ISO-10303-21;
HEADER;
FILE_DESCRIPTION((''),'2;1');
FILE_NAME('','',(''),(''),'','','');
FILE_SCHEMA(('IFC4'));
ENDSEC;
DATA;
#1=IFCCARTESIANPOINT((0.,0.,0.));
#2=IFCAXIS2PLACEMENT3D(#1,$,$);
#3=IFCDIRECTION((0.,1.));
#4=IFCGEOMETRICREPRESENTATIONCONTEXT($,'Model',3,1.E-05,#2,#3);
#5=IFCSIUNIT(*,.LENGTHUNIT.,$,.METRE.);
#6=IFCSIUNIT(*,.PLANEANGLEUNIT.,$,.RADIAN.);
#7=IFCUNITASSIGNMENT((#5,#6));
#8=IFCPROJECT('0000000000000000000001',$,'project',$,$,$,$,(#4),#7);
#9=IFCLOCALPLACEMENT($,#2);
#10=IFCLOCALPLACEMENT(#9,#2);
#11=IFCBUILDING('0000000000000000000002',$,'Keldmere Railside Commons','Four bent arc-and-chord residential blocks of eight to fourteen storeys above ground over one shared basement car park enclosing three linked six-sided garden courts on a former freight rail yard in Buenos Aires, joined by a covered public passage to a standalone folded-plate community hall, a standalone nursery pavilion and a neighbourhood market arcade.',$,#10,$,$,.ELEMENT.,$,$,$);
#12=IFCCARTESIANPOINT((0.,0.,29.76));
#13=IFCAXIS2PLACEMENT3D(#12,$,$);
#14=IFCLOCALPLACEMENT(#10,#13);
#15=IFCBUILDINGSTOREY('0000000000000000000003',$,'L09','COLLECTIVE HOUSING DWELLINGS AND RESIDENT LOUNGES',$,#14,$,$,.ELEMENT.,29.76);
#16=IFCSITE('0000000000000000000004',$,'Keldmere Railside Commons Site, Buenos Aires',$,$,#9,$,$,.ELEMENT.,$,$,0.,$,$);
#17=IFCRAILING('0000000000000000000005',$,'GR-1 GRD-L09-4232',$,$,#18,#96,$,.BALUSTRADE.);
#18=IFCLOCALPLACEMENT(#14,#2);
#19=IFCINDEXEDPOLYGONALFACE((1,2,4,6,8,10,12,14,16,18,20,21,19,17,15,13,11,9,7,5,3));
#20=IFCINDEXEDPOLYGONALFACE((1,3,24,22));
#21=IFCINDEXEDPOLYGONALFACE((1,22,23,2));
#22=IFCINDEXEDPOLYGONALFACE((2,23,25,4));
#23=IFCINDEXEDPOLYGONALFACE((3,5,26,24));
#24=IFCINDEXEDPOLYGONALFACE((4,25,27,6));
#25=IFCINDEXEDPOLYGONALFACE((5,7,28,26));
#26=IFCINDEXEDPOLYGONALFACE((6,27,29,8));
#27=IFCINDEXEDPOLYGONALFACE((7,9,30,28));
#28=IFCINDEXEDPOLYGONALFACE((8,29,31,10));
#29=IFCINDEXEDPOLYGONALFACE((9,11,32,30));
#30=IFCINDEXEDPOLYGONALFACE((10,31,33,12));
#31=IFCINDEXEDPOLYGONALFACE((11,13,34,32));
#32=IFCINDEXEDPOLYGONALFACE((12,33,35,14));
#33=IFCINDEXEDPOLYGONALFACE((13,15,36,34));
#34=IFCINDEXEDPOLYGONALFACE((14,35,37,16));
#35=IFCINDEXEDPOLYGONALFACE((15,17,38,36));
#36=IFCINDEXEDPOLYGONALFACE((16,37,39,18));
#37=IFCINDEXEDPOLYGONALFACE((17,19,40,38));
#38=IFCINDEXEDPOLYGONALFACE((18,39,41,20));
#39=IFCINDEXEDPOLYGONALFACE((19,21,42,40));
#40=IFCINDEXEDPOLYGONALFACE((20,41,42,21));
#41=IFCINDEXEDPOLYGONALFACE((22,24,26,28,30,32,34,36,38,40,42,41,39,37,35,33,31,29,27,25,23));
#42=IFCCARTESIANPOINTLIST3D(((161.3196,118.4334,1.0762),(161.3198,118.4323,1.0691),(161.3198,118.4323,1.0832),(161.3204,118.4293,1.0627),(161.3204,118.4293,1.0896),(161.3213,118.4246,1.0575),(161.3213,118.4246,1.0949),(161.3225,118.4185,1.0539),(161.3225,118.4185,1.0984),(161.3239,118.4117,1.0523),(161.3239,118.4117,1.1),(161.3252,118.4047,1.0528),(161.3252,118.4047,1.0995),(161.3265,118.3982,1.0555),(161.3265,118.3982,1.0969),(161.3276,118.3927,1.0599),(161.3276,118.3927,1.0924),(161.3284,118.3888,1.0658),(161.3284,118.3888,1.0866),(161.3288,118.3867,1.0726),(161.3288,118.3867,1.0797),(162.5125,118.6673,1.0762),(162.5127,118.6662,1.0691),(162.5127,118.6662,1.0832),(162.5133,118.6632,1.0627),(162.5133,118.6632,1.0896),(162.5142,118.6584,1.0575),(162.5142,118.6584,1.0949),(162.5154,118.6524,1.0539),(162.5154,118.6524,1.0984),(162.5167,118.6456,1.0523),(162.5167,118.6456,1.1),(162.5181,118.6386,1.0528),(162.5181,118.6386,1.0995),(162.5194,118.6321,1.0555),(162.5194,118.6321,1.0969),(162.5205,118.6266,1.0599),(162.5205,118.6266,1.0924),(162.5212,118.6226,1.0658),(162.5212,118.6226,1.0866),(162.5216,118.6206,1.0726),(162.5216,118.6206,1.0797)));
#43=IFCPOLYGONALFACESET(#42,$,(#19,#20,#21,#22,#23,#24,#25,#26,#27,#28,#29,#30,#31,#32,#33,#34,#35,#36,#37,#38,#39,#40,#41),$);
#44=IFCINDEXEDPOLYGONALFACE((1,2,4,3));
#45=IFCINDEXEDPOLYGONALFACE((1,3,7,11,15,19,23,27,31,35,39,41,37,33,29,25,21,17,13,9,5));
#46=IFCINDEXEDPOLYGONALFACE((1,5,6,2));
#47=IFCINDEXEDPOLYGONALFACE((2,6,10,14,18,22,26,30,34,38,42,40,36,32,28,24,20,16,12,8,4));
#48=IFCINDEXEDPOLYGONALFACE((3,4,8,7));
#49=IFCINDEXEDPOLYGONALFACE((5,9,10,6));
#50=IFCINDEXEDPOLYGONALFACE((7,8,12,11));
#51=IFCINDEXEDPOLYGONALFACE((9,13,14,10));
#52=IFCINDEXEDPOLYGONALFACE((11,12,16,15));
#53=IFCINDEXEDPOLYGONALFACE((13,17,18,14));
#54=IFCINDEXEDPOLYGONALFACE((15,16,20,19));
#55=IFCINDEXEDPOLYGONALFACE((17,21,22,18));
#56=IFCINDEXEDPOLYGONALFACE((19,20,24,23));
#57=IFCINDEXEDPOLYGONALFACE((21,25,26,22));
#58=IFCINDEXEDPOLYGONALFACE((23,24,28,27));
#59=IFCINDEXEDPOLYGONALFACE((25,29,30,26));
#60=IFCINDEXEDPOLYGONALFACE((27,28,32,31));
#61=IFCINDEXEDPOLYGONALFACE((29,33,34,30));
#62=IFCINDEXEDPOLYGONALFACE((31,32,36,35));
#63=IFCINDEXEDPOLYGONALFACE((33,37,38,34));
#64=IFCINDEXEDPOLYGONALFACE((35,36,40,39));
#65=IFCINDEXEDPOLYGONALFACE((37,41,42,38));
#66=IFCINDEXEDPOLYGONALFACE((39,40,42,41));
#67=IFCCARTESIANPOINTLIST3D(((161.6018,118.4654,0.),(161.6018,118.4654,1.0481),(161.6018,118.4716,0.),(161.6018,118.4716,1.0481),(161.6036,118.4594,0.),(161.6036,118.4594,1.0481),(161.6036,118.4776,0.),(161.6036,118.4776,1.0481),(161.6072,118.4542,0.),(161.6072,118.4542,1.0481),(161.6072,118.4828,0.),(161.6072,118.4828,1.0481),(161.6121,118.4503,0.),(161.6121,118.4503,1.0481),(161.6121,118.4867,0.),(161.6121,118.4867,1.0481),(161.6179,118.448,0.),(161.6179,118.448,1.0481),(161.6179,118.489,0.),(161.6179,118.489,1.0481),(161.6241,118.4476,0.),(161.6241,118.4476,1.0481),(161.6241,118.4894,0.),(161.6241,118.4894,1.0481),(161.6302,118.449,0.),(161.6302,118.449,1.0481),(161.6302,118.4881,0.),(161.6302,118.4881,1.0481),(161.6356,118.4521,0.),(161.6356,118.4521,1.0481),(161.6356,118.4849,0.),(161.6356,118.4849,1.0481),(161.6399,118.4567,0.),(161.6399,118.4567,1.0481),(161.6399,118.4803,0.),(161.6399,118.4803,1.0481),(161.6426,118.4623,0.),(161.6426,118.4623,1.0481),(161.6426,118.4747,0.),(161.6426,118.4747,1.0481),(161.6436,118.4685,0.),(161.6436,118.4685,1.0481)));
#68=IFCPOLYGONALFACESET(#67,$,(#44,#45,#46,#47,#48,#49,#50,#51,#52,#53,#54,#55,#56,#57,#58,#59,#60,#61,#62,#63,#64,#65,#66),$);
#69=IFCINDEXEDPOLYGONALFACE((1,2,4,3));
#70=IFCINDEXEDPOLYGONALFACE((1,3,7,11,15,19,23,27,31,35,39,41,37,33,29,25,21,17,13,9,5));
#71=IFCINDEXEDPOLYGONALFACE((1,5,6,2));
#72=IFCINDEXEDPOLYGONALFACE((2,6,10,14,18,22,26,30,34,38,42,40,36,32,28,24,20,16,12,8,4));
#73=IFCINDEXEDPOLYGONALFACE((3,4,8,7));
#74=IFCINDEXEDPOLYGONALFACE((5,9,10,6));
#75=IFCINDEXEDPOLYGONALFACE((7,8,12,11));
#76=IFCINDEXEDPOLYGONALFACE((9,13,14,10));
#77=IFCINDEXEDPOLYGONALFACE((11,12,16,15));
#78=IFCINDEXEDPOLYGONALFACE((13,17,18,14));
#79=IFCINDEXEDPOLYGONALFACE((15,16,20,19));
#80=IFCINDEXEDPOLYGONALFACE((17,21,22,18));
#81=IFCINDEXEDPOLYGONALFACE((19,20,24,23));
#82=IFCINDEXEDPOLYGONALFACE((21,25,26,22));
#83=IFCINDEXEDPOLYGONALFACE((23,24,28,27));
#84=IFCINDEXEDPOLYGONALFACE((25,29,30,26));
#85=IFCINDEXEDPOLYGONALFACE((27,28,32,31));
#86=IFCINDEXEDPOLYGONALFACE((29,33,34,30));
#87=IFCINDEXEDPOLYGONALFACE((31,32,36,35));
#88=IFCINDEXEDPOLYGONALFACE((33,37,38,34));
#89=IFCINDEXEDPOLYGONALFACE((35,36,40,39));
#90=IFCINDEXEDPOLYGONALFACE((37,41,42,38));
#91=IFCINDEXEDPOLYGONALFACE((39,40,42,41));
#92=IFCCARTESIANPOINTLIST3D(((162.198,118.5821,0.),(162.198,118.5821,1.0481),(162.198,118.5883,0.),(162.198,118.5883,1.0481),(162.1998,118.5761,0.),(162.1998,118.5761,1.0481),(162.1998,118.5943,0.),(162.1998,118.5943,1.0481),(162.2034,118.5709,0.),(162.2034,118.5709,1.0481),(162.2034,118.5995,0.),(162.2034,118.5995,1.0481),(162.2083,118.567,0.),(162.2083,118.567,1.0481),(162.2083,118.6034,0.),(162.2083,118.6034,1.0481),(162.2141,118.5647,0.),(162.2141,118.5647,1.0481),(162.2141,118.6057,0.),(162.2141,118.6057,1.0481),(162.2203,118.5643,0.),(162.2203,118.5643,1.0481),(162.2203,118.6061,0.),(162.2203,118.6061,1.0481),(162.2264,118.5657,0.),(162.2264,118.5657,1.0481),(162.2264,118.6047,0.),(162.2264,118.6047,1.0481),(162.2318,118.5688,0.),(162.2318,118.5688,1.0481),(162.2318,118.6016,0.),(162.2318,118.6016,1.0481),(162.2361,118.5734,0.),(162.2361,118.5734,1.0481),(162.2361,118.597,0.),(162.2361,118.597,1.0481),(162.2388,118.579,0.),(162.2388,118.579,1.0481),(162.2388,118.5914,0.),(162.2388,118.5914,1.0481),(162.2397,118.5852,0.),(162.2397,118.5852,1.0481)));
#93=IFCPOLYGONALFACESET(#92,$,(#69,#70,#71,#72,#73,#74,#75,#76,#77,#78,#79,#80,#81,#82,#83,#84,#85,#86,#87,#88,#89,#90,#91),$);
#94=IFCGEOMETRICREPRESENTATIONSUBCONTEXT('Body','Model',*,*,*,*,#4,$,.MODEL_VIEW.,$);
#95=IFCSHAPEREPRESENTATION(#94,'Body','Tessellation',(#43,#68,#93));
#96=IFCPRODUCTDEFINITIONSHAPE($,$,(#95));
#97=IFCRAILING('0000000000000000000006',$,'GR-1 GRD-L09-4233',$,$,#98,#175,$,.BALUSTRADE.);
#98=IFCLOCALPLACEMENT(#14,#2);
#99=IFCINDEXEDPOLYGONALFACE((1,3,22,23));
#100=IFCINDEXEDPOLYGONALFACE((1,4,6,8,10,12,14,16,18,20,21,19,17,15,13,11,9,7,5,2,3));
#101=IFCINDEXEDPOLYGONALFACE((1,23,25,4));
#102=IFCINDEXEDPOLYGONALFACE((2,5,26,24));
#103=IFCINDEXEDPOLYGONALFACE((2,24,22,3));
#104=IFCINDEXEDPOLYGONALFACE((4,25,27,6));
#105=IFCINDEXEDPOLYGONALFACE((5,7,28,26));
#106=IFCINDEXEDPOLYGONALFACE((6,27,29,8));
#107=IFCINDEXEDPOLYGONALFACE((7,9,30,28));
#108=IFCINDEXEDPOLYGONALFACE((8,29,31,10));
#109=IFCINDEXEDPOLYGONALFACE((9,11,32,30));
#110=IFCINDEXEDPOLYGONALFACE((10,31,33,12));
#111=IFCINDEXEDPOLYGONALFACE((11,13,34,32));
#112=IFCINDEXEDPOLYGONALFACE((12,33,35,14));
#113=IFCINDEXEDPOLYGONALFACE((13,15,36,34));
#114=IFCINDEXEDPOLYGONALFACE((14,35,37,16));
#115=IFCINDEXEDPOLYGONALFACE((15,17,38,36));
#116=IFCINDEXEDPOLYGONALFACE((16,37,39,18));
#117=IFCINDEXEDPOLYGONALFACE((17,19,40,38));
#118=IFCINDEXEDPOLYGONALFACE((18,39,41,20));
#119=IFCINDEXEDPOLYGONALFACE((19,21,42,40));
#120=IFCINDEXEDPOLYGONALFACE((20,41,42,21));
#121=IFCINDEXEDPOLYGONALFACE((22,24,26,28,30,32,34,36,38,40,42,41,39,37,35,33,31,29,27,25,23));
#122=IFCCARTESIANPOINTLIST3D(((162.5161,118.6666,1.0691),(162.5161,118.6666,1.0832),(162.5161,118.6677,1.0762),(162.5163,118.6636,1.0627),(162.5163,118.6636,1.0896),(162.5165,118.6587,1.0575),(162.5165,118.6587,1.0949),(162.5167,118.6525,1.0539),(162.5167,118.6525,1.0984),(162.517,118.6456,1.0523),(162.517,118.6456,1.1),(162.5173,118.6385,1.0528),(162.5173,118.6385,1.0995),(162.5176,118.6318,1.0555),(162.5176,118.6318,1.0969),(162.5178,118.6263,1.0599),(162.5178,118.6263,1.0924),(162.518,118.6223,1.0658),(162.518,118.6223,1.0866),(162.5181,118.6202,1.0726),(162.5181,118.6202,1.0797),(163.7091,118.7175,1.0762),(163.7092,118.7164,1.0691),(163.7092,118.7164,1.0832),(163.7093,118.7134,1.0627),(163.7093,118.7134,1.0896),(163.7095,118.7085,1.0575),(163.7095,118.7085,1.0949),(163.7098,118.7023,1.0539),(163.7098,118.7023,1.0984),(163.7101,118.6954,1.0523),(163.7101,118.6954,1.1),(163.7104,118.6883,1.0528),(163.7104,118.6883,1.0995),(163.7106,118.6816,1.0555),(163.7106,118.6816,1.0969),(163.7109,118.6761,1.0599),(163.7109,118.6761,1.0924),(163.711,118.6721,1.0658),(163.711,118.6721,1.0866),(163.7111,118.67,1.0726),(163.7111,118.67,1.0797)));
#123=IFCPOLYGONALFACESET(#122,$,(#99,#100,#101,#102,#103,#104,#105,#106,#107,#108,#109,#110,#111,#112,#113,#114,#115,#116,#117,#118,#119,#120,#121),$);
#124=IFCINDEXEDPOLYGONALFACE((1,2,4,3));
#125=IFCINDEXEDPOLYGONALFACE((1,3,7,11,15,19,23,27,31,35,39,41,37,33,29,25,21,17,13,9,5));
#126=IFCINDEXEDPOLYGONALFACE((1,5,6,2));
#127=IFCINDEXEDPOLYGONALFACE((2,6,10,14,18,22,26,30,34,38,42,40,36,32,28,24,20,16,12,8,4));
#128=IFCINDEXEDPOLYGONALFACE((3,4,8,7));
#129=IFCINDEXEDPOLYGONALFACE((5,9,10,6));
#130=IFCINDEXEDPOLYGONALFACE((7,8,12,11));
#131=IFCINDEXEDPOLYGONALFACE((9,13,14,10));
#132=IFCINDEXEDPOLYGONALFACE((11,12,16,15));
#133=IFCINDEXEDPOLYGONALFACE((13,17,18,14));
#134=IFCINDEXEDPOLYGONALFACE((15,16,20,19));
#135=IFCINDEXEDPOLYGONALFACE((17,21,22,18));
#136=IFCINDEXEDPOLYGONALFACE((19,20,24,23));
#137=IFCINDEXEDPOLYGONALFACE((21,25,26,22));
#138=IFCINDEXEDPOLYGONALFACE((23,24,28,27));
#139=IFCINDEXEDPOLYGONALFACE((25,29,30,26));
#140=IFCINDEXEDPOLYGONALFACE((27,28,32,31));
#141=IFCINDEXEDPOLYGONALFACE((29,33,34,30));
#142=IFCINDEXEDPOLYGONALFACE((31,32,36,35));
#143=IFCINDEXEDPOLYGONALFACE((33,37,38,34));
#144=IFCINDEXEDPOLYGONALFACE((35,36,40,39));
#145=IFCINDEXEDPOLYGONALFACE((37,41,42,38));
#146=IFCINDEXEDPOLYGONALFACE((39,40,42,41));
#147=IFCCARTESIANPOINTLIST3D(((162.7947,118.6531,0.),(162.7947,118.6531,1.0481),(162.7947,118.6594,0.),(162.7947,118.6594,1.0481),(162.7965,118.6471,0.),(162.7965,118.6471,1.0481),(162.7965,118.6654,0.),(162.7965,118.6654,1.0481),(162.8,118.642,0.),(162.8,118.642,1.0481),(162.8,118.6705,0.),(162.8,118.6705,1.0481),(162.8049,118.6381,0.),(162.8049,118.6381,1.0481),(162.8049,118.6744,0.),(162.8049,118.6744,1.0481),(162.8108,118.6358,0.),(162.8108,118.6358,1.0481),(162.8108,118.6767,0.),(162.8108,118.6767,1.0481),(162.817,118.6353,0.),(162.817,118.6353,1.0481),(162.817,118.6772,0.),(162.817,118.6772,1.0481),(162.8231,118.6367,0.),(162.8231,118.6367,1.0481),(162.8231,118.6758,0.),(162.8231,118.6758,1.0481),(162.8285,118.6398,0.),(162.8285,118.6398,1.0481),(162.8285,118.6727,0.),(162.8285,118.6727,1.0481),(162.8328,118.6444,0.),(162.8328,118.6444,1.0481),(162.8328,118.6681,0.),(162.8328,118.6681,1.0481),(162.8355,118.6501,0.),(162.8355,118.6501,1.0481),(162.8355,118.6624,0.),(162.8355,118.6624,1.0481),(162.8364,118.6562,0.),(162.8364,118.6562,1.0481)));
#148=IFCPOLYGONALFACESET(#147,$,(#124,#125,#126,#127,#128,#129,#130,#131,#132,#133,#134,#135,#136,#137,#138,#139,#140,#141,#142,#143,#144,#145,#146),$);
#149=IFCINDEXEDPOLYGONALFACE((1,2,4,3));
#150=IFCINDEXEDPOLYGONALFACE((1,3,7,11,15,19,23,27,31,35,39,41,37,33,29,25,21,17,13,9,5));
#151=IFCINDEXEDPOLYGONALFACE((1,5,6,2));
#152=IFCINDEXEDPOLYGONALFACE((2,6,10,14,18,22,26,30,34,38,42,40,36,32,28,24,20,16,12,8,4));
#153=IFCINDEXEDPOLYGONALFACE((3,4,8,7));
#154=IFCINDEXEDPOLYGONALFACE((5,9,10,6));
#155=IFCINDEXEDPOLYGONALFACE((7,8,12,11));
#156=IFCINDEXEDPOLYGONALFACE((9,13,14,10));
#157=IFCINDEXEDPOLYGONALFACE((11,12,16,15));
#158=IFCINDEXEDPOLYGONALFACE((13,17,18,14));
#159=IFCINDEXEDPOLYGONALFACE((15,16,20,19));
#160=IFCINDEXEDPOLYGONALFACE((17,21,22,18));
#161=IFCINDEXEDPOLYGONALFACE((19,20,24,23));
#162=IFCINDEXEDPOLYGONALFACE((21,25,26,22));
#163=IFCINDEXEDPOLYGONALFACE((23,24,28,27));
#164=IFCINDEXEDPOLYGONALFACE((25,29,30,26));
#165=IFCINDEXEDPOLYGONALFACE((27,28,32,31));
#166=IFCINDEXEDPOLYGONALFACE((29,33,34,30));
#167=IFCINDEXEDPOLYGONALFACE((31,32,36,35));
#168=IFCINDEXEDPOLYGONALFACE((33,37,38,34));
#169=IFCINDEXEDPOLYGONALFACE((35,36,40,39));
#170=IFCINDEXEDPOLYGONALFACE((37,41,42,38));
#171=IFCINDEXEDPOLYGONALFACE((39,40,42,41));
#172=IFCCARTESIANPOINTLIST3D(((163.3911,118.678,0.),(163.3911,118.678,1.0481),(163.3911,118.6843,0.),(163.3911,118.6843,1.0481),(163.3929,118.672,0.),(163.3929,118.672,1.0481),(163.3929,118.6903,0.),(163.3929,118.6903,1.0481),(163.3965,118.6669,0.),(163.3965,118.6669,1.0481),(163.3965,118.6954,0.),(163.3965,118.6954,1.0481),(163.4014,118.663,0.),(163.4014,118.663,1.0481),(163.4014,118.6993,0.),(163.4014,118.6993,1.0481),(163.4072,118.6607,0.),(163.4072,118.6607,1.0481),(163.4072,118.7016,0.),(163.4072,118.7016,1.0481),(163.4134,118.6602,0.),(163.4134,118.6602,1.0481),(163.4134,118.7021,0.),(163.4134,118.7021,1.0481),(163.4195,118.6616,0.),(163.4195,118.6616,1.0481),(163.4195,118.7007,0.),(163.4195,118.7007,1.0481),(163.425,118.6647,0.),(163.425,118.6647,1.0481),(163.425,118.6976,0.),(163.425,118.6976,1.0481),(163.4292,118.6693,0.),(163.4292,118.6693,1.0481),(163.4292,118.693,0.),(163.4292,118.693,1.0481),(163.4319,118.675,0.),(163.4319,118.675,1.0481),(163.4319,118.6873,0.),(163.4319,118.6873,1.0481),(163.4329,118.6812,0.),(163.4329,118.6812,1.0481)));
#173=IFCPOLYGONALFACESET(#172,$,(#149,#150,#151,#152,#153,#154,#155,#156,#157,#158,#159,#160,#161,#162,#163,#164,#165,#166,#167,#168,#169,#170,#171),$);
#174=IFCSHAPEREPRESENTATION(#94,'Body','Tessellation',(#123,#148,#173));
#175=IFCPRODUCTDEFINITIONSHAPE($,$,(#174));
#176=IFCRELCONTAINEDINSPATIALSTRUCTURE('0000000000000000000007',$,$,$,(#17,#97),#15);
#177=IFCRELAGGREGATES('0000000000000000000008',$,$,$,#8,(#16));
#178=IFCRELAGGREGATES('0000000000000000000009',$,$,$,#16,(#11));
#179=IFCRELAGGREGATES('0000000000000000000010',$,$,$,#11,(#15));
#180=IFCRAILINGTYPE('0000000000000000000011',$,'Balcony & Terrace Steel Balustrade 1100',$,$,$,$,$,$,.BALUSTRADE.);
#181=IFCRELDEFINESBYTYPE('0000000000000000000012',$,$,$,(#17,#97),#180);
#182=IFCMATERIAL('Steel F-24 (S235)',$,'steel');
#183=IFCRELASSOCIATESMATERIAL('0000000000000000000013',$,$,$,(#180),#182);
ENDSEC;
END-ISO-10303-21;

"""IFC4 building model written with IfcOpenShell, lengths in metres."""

from ifc_helpers import new_model, si_unit, direction, frame, origin, origin_2d, place, context, subcontext, project, spatial, circle, extrude, material, type_object, element, save


model = new_model("IFC4")

# Units and contexts
model_context = context("Model", 3, precision=1e-05, world=origin(), true_north=direction((0.0, 1.0)))
body_context = subcontext(model_context, "Body", "Model", "MODEL_VIEW")
ifc_project = project(units=[si_unit("LENGTHUNIT", "METRE"), si_unit("PLANEANGLEUNIT", "RADIAN")], contexts=[model_context])

# Site, building, storey
site_placement = place(None, origin())
site = spatial("IfcSite", under=ifc_project, at=site_placement, Name="Keldmere Railside Commons Site, Buenos Aires", CompositionType="ELEMENT", RefElevation=0.0)
building_placement = place(site_placement, origin())
building = spatial("IfcBuilding", under=site, at=building_placement, Name="Keldmere Railside Commons", Description="Four bent arc-and-chord residential blocks of eight to fourteen storeys above ground over one shared basement car park enclosing three linked six-sided garden courts on a former freight rail yard in Buenos Aires, joined by a covered public passage to a standalone folded-plate community hall, a standalone nursery pavilion and a neighbourhood market arcade.", CompositionType="ELEMENT")
storey_placement = place(building_placement, frame((0.0, 0.0, 29.76)))
storey = spatial("IfcBuildingStorey", under=building, at=storey_placement, Name="L09", Description="COLLECTIVE HOUSING DWELLINGS AND RESIDENT LOUNGES", CompositionType="ELEMENT", Elevation=29.76)

# Railings
ifc_material_1 = material(Name="Steel F-24 (S235)", Category="steel")
railing_type = type_object("IfcRailingType", Name="Balcony & Terrace Steel Balustrade 1100", PredefinedType="BALUSTRADE", material=ifc_material_1)
railing_1_placement = place(storey_placement, frame((161.3242, 118.4099, 0.0)))
element("IfcRailing", 1, at=railing_1_placement, inside=storey, type_object=railing_type, Name="GR-1 GRD-L09-4232", PredefinedType="BALUSTRADE", context=body_context, shape_type="SweptSolid", body=[
    extrude(circle(Radius=0.0239, at=origin_2d()), frame((0.0, 0.0, 1.0762), z_axis=(0.981315, 0.192407, 0.0), x_axis=(-0.192407, 0.981315, 0.0)), (0.0, 0.0, 1.0), 1.2156),
    extrude(circle(Radius=0.021, at=origin_2d()), frame((0.2983, 0.0586, 0.0)), (0.0, 0.0, 1.0), 1.0481),
    extrude(circle(Radius=0.021, at=origin_2d()), frame((0.8945, 0.1753, 0.0)), (0.0, 0.0, 1.0), 1.0481),
])
railing_2_placement = place(storey_placement, frame((162.5171, 118.6438, 0.0)))
element("IfcRailing", 2, at=railing_2_placement, inside=storey, type_object=railing_type, Name="GR-1 GRD-L09-4233", PredefinedType="BALUSTRADE", context=body_context, shape_type="SweptSolid", body=[
    extrude(circle(Radius=0.0239, at=origin_2d()), frame((0.0, 0.0, 1.0762), z_axis=(0.99913, 0.041707, 0.0), x_axis=(-0.041707, 0.99913, 0.0)), (0.0, 0.0, 1.0), 1.1941),
    extrude(circle(Radius=0.021, at=origin_2d()), frame((0.2983, 0.0125, 0.0)), (0.0, 0.0, 1.0), 1.0481),
    extrude(circle(Radius=0.021, at=origin_2d()), frame((0.8948, 0.0374, 0.0)), (0.0, 0.0, 1.0), 1.0481),
])

save(model, "model.ifc")
